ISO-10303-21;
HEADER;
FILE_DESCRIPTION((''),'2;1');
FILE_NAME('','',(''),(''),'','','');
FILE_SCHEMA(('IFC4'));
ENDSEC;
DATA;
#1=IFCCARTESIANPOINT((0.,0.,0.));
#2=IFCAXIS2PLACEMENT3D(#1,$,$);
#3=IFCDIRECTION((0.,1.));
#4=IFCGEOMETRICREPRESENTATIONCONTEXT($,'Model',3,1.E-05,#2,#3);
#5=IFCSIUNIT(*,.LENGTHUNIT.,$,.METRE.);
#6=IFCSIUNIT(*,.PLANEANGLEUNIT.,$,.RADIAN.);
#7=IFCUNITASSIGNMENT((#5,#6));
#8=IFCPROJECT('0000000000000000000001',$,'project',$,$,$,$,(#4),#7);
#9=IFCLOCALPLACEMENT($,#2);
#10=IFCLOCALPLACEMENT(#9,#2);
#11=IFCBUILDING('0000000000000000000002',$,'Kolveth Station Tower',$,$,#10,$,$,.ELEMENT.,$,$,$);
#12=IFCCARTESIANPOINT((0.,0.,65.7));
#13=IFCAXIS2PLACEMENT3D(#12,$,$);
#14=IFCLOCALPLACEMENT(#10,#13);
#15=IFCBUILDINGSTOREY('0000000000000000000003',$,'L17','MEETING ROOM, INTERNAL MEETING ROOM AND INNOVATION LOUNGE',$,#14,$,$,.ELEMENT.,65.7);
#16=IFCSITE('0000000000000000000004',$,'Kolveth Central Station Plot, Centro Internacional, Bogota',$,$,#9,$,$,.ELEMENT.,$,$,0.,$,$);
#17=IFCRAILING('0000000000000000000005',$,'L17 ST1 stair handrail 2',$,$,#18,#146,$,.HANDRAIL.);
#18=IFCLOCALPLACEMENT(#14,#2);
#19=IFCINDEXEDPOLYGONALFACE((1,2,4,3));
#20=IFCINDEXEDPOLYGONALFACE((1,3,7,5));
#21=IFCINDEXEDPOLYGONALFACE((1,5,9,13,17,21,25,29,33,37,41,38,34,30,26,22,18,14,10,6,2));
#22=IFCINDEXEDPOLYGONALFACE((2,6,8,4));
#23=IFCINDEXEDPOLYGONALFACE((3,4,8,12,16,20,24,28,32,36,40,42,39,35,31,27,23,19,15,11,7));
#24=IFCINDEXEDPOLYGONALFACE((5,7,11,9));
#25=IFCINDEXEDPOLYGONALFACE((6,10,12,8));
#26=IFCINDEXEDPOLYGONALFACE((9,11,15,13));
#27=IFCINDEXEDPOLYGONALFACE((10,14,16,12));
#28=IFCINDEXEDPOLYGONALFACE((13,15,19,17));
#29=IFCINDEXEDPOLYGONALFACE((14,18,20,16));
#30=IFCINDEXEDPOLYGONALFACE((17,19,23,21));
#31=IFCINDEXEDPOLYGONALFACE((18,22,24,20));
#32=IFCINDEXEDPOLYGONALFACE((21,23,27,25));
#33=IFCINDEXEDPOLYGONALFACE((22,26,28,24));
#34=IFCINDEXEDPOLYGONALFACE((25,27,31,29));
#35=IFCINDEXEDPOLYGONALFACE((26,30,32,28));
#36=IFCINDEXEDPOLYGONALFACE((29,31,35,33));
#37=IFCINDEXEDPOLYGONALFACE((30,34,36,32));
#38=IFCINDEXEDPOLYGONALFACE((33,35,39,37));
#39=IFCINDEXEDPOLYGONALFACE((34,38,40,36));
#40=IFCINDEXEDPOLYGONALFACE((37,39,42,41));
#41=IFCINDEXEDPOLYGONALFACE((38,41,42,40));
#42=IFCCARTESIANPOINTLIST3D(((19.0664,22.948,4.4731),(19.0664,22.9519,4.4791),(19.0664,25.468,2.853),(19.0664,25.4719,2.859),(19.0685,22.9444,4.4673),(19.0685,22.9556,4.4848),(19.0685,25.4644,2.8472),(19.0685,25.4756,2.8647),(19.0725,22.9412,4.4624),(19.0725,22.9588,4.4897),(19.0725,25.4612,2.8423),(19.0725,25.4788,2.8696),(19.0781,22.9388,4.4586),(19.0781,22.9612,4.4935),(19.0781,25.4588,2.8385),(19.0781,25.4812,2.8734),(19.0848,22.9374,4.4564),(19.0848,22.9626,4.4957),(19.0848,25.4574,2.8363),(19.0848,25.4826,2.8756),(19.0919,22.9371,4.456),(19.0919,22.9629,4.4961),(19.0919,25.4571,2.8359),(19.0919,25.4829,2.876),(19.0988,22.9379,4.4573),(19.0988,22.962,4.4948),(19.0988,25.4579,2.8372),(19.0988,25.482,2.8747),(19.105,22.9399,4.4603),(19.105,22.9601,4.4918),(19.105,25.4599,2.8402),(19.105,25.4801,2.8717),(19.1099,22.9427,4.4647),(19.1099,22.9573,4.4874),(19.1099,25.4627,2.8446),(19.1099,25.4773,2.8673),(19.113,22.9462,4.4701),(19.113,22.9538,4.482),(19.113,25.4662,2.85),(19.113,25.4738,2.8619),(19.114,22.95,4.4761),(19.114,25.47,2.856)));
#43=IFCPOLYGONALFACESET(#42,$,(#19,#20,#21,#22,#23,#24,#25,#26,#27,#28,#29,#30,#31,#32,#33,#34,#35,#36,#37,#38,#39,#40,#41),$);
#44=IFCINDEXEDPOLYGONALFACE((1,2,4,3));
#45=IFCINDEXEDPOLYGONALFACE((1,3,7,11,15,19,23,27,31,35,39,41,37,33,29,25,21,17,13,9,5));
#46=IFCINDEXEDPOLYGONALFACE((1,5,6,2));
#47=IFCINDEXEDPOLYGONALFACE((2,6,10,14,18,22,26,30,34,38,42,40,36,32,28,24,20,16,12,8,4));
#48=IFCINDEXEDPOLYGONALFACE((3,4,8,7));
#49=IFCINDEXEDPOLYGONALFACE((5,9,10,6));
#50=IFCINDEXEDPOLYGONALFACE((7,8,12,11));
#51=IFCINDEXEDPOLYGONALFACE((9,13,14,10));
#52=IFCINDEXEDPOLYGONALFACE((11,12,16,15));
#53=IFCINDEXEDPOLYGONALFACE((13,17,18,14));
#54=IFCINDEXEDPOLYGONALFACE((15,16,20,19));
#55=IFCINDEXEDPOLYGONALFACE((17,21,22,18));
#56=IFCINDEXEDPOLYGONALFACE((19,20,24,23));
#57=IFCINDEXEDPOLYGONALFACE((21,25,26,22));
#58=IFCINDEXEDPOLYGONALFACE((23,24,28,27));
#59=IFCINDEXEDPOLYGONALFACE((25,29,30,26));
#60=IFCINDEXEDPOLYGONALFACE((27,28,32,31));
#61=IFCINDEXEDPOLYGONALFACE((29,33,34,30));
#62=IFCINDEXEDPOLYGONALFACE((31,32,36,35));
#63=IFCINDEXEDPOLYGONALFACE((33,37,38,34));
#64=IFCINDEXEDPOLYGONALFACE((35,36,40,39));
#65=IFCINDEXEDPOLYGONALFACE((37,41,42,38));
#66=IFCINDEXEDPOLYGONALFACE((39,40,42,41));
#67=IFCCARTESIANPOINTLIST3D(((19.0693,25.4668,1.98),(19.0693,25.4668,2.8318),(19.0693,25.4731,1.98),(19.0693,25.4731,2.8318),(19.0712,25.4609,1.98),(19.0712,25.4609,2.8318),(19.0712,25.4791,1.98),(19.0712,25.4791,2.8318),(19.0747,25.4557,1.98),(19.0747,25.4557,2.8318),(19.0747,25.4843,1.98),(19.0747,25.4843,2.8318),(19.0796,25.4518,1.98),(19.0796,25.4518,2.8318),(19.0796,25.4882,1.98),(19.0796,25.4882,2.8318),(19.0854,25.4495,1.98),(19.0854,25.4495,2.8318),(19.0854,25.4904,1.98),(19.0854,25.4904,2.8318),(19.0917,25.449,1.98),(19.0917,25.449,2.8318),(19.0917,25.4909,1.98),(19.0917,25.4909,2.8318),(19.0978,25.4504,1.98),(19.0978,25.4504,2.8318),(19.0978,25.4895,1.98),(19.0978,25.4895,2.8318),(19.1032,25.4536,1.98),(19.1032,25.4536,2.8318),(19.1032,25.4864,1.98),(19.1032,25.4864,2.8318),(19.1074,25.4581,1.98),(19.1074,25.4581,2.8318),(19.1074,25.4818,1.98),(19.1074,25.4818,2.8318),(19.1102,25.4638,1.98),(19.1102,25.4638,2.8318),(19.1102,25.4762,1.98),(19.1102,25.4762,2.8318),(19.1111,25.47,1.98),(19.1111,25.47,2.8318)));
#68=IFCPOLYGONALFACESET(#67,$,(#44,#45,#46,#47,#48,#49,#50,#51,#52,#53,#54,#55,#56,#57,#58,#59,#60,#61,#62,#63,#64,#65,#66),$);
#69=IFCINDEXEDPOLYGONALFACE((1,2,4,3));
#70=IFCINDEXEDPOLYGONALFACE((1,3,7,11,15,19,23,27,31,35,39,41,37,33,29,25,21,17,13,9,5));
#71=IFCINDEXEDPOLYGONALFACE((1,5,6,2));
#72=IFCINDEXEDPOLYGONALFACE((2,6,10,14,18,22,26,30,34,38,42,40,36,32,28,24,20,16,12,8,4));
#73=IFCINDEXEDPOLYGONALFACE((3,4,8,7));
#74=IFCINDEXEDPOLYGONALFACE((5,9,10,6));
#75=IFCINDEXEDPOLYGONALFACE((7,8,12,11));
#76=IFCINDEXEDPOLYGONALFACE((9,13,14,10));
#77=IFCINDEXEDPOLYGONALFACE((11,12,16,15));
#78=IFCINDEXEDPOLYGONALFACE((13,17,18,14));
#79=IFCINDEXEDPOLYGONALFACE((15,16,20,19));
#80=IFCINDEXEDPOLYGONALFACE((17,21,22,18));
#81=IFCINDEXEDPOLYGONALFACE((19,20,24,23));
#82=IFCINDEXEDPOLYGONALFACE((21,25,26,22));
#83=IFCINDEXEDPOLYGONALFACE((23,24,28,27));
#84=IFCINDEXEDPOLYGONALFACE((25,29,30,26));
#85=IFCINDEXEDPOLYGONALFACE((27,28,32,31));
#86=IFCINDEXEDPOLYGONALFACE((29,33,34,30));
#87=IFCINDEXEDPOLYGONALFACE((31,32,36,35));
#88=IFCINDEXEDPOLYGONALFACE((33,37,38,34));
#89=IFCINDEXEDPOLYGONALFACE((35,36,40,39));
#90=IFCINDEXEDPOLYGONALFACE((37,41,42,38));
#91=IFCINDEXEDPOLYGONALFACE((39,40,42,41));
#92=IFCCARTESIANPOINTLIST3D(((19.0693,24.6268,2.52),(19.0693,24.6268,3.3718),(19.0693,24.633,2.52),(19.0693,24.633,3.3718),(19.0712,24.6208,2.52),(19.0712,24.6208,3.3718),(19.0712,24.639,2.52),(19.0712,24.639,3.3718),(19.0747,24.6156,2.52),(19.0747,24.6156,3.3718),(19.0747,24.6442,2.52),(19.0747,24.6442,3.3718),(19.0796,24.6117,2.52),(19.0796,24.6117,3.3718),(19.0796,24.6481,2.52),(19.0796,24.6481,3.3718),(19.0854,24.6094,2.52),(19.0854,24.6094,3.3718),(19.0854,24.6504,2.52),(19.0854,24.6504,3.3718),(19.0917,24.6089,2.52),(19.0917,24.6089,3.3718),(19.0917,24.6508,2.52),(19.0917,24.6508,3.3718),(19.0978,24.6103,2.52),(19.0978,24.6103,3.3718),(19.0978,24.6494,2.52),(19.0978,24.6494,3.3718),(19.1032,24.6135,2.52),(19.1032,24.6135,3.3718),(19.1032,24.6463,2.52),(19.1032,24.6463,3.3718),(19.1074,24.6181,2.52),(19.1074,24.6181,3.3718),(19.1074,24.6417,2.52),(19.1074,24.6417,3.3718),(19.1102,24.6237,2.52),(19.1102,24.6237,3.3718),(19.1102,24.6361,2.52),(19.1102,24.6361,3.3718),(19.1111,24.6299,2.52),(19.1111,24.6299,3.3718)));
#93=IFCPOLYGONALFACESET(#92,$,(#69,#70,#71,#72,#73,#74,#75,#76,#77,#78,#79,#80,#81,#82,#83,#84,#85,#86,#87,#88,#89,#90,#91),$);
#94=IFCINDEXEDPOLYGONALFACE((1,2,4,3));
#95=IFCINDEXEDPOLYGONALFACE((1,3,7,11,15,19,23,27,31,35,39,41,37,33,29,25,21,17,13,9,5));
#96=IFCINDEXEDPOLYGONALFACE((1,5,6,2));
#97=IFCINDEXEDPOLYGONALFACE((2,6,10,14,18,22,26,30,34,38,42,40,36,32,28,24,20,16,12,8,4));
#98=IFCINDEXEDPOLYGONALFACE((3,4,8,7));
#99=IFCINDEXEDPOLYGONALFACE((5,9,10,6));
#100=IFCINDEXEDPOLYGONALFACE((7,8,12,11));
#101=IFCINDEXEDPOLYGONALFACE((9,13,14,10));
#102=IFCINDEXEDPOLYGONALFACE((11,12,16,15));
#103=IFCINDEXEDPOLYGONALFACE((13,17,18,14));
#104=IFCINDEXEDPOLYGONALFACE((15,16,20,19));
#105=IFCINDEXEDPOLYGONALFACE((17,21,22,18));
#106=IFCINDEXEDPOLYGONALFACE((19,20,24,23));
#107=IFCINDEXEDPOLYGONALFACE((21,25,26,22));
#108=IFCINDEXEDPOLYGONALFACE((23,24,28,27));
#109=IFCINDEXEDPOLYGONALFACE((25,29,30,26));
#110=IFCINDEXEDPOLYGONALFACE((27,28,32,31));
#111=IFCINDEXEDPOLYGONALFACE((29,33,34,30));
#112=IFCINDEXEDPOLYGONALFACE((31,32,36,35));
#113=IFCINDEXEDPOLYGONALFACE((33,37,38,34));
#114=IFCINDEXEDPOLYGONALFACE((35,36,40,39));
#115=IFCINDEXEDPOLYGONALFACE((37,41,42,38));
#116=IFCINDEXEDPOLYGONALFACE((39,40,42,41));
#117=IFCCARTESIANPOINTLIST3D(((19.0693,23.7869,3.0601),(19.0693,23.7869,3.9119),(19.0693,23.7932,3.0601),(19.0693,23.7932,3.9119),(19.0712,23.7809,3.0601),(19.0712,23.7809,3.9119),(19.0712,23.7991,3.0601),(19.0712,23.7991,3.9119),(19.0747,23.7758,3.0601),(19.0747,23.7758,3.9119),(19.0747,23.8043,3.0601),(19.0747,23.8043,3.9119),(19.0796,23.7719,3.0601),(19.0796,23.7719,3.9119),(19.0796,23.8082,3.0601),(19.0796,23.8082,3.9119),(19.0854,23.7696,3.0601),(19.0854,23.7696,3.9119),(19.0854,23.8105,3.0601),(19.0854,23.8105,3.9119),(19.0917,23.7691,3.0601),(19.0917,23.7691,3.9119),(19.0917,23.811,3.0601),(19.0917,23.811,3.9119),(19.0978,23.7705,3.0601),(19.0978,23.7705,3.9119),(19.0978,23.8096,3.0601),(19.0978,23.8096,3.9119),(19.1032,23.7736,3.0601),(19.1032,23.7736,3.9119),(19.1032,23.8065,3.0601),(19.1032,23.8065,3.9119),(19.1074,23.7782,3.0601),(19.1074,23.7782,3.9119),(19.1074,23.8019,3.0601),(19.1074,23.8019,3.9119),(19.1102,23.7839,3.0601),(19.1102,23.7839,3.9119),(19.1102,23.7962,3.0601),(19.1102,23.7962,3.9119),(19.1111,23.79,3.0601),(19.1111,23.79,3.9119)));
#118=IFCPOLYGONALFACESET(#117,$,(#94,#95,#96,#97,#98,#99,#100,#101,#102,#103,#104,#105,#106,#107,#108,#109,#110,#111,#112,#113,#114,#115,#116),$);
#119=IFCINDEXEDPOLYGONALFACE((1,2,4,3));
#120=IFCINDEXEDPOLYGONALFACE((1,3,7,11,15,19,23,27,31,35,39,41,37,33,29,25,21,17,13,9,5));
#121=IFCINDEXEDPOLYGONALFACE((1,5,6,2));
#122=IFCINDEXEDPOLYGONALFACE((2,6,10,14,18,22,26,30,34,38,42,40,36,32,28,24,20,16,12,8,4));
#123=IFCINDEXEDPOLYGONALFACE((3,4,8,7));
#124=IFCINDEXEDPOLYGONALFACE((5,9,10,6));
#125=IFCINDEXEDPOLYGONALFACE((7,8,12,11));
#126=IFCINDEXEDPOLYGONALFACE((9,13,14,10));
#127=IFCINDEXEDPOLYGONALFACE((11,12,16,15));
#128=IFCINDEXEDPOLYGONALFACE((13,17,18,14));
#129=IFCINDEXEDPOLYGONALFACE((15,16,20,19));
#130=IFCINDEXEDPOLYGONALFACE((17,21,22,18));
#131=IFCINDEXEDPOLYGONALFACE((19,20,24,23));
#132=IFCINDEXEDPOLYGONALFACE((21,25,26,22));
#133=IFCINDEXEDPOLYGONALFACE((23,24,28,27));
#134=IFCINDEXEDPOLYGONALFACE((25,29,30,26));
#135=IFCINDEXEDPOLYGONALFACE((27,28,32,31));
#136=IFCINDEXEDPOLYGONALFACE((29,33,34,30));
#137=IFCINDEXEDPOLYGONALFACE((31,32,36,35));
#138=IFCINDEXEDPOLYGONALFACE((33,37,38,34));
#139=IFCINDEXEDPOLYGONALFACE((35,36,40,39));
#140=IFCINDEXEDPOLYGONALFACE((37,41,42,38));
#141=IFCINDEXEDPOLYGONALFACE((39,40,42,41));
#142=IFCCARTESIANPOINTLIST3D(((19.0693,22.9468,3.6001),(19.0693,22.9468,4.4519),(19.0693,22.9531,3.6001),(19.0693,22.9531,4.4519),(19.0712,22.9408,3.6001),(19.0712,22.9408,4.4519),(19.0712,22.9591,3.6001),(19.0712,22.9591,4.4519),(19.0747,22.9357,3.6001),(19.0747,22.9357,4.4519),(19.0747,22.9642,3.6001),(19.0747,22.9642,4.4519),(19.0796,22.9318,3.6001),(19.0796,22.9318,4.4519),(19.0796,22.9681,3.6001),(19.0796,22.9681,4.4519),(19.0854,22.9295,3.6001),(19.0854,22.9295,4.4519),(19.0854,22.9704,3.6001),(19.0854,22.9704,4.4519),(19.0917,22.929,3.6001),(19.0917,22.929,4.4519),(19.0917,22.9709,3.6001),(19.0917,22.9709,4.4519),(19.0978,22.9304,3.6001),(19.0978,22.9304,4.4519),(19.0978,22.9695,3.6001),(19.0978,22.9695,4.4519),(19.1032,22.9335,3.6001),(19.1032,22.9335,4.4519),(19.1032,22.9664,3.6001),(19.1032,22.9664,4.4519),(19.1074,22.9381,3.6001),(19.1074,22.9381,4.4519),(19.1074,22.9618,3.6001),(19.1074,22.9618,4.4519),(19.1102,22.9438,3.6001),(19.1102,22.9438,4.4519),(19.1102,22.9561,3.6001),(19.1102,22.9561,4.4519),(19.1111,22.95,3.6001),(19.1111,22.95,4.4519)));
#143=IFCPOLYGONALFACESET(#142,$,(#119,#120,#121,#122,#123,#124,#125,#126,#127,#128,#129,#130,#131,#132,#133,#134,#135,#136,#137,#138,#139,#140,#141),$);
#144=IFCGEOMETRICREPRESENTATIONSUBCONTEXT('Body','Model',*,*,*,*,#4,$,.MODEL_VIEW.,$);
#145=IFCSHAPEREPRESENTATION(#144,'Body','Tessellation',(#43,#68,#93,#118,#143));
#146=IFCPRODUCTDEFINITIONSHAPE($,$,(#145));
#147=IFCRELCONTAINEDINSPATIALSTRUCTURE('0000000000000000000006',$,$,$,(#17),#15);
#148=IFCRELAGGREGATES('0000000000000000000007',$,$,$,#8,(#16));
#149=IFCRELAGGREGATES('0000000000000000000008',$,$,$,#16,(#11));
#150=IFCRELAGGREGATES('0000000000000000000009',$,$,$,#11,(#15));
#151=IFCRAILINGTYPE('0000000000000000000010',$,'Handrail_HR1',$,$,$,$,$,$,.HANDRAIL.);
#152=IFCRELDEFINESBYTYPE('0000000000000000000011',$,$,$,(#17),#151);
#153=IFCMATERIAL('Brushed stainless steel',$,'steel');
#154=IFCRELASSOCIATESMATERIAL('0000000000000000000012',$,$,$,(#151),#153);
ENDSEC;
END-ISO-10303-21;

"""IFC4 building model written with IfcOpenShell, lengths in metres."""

from ifc_helpers import new_model, si_unit, direction, frame, origin, origin_2d, place, context, subcontext, project, spatial, circle, extrude, material, type_object, element, save


model = new_model("IFC4")

# Units and contexts
model_context = context("Model", 3, precision=1e-05, world=origin(), true_north=direction((0.0, 1.0)))
body_context = subcontext(model_context, "Body", "Model", "MODEL_VIEW")
ifc_project = project(units=[si_unit("LENGTHUNIT", "METRE"), si_unit("PLANEANGLEUNIT", "RADIAN")], contexts=[model_context])

# Site, building, storey
site_placement = place(None, origin())
site = spatial("IfcSite", under=ifc_project, at=site_placement, Name="Kolveth Central Station Plot, Centro Internacional, Bogota", CompositionType="ELEMENT", RefElevation=0.0)
building_placement = place(site_placement, origin())
building = spatial("IfcBuilding", under=site, at=building_placement, Name="Kolveth Station Tower", CompositionType="ELEMENT")
storey_placement = place(building_placement, frame((0.0, 0.0, 65.7)))
storey = spatial("IfcBuildingStorey", under=building, at=storey_placement, Name="L17", Description="MEETING ROOM, INTERNAL MEETING ROOM AND INNOVATION LOUNGE", CompositionType="ELEMENT", Elevation=65.7)

# Railing
ifc_material_1 = material(Name="Brushed stainless steel", Category="steel")
railing_type_1 = type_object("IfcRailingType", Name="Handrail_HR1", PredefinedType="HANDRAIL", material=ifc_material_1)
railing_1_placement = place(storey_placement, frame((19.0901, 25.47, 1.98)))
element("IfcRailing", 1, at=railing_1_placement, inside=storey, type_object=railing_type_1, Name="L17 ST1 stair handrail 2", PredefinedType="HANDRAIL", context=body_context, shape_type="SweptSolid", body=[
    extrude(circle(Radius=0.0239, at=origin_2d()), frame((0.0, 0.0, 0.876), z_axis=(0.0, -0.841163, 0.540782), x_axis=(1.0, 0.0, 0.0)), (0.0, 0.0, 1.0), 2.9958),
    extrude(circle(Radius=0.021, at=origin_2d()), origin(), (0.0, 0.0, 1.0), 0.8518),
    extrude(circle(Radius=0.021, at=origin_2d()), frame((0.0, -0.8401, 0.54)), (0.0, 0.0, 1.0), 0.8518),
    extrude(circle(Radius=0.021, at=origin_2d()), frame((0.0, -1.6799, 1.0801)), (0.0, 0.0, 1.0), 0.8518),
    extrude(circle(Radius=0.021, at=origin_2d()), frame((0.0, -2.52, 1.6201)), (0.0, 0.0, 1.0), 0.8518),
])

save(model, "model.ifc")
